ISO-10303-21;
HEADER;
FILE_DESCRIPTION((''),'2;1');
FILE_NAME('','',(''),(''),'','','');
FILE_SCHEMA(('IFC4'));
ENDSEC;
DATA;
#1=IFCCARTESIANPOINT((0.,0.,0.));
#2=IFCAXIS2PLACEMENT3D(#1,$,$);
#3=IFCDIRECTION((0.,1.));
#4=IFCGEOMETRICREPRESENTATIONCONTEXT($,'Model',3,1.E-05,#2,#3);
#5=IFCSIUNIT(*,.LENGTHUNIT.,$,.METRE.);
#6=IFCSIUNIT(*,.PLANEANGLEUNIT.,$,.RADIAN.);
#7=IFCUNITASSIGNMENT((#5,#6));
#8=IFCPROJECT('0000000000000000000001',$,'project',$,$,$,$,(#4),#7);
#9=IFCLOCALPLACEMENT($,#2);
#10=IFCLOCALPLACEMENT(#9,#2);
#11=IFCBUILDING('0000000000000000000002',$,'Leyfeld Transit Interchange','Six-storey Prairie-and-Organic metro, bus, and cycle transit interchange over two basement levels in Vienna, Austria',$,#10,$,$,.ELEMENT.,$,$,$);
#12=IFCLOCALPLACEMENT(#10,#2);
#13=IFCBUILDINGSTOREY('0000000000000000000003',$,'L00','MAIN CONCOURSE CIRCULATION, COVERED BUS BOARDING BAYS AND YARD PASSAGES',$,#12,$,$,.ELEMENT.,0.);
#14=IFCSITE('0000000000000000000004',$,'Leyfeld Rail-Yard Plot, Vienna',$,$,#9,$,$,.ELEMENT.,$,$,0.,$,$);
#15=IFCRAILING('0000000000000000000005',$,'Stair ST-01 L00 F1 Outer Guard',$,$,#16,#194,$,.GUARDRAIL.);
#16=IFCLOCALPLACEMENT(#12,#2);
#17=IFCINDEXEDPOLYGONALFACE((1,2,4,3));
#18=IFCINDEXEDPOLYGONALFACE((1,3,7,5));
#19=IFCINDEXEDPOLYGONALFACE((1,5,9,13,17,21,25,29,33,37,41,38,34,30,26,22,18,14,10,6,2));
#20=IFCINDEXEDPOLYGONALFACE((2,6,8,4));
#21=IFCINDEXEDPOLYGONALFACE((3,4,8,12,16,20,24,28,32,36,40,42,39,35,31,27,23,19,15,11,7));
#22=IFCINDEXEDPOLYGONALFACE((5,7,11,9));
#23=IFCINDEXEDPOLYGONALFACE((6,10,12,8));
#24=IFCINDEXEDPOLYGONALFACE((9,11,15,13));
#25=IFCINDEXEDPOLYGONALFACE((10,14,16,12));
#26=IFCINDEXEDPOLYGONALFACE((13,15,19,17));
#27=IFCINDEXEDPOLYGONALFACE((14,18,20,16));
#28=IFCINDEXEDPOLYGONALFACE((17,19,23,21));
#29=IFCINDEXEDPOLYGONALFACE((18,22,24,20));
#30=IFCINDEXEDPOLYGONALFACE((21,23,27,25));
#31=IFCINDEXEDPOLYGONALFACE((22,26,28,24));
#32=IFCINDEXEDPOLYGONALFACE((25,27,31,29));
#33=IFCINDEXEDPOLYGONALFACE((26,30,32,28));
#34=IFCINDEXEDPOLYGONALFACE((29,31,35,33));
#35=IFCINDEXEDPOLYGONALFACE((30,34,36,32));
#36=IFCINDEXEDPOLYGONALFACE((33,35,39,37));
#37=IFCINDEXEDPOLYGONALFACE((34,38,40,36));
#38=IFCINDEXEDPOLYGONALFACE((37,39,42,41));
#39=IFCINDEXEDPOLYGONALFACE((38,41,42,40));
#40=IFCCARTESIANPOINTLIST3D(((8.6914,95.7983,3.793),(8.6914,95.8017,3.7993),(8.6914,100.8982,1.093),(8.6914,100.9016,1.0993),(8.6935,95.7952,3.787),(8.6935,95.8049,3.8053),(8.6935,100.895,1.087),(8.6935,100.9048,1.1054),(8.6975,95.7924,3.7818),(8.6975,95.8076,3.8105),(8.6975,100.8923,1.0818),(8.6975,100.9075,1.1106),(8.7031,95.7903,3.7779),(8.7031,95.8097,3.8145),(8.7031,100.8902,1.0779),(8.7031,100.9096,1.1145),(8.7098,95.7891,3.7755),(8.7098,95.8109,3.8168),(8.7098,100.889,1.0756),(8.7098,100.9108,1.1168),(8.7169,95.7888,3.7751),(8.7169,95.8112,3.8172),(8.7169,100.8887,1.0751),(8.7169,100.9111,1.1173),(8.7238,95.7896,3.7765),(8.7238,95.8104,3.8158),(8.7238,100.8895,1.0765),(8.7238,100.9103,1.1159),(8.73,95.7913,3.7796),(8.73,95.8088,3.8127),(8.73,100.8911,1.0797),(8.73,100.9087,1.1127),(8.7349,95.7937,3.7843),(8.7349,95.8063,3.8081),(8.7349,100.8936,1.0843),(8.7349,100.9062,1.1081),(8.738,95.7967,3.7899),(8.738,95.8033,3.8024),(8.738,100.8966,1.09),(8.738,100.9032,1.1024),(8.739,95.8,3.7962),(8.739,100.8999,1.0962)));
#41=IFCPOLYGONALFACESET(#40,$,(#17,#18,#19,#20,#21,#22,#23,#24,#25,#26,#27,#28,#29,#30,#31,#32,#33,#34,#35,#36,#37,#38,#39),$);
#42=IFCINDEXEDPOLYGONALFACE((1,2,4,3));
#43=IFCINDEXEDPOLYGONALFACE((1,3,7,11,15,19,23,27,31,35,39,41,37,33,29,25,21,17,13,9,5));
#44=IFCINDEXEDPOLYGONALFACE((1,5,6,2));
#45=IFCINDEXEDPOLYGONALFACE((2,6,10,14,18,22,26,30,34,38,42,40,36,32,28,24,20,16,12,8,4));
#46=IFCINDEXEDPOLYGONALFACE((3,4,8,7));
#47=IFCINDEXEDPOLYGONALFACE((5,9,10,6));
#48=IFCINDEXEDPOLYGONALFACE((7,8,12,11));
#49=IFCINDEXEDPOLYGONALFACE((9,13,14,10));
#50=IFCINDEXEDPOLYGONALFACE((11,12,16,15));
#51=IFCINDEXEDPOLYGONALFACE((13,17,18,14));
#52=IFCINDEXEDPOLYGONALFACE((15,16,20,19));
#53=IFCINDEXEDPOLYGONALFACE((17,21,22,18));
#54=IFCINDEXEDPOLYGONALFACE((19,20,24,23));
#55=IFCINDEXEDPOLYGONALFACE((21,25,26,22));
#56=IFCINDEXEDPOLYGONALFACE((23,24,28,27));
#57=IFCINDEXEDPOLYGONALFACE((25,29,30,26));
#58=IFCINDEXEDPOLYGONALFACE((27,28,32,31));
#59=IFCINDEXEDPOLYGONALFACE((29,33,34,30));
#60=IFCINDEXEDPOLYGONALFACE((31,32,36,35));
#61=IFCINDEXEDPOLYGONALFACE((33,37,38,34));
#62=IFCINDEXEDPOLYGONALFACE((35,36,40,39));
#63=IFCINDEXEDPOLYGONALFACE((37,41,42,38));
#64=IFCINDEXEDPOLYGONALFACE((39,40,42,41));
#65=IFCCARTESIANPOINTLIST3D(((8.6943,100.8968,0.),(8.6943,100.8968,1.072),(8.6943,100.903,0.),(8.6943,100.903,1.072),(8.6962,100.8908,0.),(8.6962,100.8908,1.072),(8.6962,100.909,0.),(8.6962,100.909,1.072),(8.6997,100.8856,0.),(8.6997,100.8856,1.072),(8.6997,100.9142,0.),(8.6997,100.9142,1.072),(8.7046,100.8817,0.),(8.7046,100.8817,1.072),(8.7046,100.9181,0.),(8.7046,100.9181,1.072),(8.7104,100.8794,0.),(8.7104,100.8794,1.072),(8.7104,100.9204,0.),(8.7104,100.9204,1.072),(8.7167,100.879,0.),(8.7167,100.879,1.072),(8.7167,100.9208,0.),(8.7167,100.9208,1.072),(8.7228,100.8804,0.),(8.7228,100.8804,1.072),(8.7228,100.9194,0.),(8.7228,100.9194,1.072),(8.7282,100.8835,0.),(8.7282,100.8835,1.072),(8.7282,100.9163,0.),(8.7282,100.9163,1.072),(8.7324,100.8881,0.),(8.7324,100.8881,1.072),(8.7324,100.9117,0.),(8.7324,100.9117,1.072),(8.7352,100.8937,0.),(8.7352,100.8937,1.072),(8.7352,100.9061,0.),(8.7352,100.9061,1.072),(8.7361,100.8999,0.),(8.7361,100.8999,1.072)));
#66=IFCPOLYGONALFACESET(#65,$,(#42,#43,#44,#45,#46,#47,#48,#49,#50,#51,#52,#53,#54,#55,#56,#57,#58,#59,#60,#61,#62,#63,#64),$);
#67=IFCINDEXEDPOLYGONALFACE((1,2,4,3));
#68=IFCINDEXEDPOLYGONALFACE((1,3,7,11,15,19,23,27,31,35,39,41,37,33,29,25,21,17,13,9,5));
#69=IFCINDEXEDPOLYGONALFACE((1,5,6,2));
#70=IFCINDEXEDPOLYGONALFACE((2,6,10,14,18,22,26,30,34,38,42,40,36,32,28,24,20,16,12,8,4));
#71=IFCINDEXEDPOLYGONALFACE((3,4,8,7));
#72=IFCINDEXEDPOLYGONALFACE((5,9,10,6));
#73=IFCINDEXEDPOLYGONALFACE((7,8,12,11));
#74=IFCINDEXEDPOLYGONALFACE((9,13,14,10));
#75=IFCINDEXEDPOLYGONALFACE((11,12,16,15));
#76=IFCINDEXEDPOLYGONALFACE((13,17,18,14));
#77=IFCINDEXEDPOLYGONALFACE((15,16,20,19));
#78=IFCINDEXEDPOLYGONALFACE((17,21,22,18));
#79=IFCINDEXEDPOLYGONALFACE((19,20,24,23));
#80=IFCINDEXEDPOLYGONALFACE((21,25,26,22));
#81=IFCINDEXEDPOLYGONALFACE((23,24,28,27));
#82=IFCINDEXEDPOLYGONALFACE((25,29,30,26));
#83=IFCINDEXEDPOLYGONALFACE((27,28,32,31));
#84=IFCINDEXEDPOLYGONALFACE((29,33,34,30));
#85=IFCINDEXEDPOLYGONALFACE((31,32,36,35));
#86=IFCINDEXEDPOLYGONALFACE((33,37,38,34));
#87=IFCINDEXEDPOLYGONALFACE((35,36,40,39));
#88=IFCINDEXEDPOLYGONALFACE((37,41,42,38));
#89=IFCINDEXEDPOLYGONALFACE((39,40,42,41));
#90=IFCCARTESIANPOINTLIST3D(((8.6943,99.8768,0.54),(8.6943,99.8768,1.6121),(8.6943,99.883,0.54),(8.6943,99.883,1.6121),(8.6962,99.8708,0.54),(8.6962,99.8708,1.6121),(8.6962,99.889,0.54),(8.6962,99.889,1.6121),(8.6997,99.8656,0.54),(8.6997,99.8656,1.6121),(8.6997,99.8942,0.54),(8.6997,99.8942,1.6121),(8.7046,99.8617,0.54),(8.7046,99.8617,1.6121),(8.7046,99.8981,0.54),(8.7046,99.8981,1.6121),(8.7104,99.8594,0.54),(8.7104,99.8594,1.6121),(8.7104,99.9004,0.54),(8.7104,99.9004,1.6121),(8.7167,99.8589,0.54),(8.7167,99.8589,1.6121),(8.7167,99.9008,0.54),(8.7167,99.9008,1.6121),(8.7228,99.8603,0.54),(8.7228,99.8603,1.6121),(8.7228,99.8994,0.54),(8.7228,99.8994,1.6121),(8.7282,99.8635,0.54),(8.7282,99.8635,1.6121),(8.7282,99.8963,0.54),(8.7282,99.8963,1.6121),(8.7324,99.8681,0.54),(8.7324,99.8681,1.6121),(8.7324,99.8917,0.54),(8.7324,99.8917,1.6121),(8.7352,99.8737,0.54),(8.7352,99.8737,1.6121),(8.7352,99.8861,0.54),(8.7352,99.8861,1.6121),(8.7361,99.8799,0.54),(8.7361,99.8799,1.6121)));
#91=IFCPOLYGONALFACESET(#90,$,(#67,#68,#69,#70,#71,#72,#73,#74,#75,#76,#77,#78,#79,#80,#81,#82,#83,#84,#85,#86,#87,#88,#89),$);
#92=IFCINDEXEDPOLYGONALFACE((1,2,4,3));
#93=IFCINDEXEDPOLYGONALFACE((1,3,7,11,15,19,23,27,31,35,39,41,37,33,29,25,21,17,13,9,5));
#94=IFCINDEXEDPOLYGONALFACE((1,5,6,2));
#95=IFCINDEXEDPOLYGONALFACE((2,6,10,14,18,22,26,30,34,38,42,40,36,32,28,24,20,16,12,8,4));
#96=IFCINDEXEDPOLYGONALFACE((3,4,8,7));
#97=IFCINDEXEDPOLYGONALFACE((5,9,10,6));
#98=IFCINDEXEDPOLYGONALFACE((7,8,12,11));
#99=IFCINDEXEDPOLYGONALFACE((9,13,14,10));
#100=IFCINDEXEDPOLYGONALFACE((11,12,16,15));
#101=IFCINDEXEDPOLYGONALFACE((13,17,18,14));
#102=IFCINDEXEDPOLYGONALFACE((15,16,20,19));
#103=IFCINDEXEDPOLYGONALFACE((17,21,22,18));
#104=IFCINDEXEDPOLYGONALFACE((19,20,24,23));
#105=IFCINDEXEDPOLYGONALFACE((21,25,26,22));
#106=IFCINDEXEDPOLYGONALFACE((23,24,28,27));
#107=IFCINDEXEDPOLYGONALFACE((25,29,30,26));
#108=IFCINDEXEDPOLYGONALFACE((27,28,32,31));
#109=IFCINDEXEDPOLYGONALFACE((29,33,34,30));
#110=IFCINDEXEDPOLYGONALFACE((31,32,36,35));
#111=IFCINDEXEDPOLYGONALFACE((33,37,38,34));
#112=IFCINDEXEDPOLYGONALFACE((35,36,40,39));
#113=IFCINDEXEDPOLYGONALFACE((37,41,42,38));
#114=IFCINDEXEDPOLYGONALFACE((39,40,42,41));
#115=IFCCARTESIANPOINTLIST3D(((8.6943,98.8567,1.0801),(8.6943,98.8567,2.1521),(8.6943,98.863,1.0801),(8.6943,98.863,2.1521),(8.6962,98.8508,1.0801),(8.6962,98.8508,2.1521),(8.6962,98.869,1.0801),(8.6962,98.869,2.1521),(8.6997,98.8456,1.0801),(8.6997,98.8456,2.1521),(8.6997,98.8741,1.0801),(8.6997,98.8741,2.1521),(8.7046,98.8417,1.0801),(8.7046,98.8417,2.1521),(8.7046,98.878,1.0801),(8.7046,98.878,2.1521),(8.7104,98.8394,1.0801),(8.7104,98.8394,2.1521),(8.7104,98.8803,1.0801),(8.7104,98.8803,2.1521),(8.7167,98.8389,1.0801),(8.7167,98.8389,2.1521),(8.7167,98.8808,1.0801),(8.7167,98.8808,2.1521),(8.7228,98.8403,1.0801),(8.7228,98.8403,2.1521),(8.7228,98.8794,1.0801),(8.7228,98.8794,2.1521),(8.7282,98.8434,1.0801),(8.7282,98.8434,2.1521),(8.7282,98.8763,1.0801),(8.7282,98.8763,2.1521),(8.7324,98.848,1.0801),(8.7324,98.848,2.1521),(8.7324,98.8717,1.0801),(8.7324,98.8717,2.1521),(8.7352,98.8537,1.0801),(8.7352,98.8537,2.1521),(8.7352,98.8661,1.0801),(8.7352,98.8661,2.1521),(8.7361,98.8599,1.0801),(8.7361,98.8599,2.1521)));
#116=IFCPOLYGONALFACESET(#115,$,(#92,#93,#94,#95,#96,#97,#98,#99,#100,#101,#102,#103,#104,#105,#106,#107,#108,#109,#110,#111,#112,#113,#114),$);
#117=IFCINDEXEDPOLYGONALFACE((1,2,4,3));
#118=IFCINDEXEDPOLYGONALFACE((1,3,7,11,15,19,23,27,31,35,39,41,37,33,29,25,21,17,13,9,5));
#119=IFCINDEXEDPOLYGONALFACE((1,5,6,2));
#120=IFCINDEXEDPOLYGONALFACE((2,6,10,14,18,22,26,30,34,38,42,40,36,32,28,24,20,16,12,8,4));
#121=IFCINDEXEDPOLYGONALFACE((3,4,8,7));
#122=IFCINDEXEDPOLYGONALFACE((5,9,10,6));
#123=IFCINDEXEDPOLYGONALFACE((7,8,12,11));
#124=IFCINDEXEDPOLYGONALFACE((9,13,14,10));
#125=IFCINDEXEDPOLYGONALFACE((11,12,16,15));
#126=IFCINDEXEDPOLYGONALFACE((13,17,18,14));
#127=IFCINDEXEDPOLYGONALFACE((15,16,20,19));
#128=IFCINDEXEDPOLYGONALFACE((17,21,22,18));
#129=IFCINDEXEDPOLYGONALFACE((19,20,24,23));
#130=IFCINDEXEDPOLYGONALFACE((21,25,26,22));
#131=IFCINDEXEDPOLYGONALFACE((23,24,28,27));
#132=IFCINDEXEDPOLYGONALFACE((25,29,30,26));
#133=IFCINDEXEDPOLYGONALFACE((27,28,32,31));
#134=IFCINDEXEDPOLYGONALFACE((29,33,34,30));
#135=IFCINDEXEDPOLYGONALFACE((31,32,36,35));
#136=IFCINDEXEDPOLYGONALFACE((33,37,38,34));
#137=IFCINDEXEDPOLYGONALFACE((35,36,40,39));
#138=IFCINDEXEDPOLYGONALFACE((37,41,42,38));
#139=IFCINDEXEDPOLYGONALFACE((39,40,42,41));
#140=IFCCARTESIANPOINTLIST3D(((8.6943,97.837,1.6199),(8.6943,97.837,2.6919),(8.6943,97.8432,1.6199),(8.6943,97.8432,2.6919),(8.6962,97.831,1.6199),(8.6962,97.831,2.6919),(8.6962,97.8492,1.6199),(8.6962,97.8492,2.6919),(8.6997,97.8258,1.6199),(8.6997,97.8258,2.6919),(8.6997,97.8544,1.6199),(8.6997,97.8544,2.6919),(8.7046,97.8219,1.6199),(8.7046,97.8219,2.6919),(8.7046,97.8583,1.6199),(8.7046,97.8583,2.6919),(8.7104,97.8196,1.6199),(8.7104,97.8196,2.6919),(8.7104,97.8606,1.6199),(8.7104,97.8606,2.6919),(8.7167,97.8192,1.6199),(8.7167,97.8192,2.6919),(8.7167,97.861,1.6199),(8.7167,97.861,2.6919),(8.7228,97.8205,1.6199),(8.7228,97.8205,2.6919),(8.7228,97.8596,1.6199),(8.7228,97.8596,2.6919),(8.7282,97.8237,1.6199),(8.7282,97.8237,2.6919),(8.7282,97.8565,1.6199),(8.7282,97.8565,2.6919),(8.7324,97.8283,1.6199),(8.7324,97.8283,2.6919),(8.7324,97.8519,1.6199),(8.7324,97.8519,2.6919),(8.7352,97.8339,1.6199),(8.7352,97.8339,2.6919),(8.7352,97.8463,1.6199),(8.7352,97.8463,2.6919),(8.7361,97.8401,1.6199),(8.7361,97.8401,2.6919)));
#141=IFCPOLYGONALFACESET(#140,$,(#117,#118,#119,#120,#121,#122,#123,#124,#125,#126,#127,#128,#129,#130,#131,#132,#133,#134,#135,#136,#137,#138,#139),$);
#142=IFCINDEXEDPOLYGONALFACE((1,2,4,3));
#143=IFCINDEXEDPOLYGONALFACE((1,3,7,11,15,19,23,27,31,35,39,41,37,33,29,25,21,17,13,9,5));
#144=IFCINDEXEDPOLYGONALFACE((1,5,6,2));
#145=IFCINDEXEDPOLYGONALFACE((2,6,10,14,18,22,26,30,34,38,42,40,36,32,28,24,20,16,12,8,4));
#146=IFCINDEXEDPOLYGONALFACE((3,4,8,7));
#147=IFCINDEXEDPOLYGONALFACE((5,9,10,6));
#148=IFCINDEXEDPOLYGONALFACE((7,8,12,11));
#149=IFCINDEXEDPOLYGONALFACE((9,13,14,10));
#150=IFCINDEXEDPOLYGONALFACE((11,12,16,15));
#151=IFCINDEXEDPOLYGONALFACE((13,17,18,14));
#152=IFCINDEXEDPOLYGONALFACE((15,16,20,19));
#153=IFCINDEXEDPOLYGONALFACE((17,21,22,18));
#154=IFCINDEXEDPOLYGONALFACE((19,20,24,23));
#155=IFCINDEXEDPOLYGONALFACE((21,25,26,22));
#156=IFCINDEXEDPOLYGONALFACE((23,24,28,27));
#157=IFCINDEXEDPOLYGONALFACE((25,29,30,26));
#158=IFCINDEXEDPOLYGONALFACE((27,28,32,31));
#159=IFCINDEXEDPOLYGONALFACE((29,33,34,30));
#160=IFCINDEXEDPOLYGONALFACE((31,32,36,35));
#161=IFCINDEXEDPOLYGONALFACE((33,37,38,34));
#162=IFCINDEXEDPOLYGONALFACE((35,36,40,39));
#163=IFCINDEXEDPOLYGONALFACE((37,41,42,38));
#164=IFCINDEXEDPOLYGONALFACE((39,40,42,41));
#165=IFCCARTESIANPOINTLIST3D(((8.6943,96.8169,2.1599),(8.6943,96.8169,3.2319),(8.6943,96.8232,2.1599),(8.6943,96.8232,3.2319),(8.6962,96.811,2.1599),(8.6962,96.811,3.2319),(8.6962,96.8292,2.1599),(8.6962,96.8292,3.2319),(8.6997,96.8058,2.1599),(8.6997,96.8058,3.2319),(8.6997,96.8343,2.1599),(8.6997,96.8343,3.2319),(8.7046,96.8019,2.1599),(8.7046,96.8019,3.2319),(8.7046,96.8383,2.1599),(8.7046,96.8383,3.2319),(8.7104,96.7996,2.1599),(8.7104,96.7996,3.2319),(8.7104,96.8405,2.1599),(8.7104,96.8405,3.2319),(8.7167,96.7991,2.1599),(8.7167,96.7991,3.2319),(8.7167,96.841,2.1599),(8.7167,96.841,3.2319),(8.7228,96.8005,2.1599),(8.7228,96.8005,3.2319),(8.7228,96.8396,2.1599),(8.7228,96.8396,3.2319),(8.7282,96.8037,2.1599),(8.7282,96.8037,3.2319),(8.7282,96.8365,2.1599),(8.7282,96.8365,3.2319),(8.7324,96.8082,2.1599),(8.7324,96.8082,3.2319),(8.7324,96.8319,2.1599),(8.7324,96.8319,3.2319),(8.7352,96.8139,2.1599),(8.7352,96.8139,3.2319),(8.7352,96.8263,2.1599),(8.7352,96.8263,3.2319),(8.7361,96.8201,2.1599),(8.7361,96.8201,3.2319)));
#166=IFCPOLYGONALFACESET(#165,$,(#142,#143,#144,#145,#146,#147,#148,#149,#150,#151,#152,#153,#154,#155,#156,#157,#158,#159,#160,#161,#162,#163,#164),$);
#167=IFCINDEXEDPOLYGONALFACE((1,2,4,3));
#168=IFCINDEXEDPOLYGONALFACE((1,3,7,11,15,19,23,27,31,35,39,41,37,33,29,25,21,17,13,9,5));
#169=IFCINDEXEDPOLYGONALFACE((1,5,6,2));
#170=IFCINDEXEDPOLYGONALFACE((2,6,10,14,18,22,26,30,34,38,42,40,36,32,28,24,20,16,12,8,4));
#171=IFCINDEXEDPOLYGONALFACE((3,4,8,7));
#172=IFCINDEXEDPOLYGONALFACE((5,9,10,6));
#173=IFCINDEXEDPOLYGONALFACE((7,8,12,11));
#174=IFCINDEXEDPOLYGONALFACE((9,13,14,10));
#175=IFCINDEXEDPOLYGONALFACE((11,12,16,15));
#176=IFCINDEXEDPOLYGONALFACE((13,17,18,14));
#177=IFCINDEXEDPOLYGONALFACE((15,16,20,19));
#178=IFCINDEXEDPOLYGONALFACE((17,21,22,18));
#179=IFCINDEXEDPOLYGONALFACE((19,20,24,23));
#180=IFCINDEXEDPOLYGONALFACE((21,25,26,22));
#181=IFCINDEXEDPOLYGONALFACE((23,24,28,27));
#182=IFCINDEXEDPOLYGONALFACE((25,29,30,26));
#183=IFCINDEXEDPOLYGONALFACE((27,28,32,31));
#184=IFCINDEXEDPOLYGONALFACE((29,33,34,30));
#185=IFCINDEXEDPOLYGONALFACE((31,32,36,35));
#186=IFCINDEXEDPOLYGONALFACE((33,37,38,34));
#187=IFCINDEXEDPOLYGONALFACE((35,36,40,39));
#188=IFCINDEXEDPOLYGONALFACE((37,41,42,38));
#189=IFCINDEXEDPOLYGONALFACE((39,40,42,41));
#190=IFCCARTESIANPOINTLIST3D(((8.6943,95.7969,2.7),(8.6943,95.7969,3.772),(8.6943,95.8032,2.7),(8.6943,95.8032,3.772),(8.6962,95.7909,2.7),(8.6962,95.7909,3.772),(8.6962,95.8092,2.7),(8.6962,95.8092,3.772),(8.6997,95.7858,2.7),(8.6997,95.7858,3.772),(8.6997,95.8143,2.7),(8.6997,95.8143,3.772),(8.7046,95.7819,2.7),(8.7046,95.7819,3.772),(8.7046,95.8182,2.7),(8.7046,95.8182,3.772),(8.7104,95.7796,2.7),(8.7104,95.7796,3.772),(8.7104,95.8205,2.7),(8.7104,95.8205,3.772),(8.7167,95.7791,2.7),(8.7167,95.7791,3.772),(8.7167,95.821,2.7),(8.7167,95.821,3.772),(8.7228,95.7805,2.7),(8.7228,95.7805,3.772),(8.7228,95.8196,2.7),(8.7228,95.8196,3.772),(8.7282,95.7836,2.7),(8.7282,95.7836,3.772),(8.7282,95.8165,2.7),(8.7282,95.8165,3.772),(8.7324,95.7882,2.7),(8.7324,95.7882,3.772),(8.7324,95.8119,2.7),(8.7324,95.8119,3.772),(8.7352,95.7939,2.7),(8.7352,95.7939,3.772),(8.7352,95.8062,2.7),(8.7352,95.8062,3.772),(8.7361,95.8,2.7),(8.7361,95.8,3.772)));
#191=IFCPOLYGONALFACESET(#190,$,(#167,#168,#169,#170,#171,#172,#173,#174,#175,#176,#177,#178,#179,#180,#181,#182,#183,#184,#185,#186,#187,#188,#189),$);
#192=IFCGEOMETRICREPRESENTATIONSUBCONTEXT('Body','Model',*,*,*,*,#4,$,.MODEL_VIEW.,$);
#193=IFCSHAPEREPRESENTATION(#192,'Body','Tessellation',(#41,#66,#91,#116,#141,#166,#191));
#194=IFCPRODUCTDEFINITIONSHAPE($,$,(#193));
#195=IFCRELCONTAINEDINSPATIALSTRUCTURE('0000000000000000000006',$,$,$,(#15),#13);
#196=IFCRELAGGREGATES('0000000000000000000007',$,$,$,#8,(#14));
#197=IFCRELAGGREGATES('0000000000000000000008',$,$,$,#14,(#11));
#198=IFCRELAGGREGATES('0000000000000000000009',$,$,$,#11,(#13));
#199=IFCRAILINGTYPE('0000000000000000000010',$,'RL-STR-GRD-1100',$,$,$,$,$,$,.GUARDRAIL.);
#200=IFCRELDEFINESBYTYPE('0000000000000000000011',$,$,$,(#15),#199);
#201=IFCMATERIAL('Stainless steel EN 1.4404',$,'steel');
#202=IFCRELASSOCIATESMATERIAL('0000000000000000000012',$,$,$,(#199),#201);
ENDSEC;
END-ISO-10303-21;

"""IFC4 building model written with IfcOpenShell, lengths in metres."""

from ifc_helpers import new_model, si_unit, direction, frame, origin, origin_2d, place, context, subcontext, project, spatial, circle, extrude, material, type_object, element, save


model = new_model("IFC4")

# Units and contexts
model_context = context("Model", 3, precision=1e-05, world=origin(), true_north=direction((0.0, 1.0)))
body_context = subcontext(model_context, "Body", "Model", "MODEL_VIEW")
ifc_project = project(units=[si_unit("LENGTHUNIT", "METRE"), si_unit("PLANEANGLEUNIT", "RADIAN")], contexts=[model_context])

# Site, building, storey
site_placement = place(None, origin())
site = spatial("IfcSite", under=ifc_project, at=site_placement, Name="Leyfeld Rail-Yard Plot, Vienna", CompositionType="ELEMENT", RefElevation=0.0)
building_placement = place(site_placement, origin())
building = spatial("IfcBuilding", under=site, at=building_placement, Name="Leyfeld Transit Interchange", Description="Six-storey Prairie-and-Organic metro, bus, and cycle transit interchange over two basement levels in Vienna, Austria", CompositionType="ELEMENT")
storey_placement = place(building_placement, origin())
storey = spatial("IfcBuildingStorey", under=building, at=storey_placement, Name="L00", Description="MAIN CONCOURSE CIRCULATION, COVERED BUS BOARDING BAYS AND YARD PASSAGES", CompositionType="ELEMENT", Elevation=0.0)

# Shared definitions
ifc_material_1 = material(Name="Stainless steel EN 1.4404", Category="steel")

# Railing
railing_type_1 = type_object("IfcRailingType", Name="RL-STR-GRD-1100", PredefinedType="GUARDRAIL", material=ifc_material_1)
for number, where, name in (
    (1, (8.7151, 100.8999, 0.0), "Stair ST-01 L00 F1 Outer Guard"),
):
    element("IfcRailing", number, at=place(storey_placement, frame(where)), inside=storey, type_object=railing_type_1, Name=name, PredefinedType="GUARDRAIL", context=body_context, shape_type="SweptSolid", body=[
        extrude(circle(Radius=0.0239, at=origin_2d()), frame((0.0, 0.0, 1.0962), z_axis=(0.0, -0.883786, 0.467892), x_axis=(1.0, 0.0, 0.0)), (0.0, 0.0, 1.0), 5.7705),
        extrude(circle(Radius=0.021, at=origin_2d()), origin(), (0.0, 0.0, 1.0), 1.072),
        extrude(circle(Radius=0.021, at=origin_2d()), frame((0.0, -1.02, 0.54)), (0.0, 0.0, 1.0), 1.072),
        extrude(circle(Radius=0.021, at=origin_2d()), frame((0.0, -2.04, 1.0801)), (0.0, 0.0, 1.0), 1.072),
        extrude(circle(Radius=0.021, at=origin_2d()), frame((0.0, -3.0598, 1.6199)), (0.0, 0.0, 1.0), 1.072),
        extrude(circle(Radius=0.021, at=origin_2d()), frame((0.0, -4.0798, 2.1599)), (0.0, 0.0, 1.0), 1.072),
        extrude(circle(Radius=0.021, at=origin_2d()), frame((0.0, -5.0999, 2.7)), (0.0, 0.0, 1.0), 1.072),
    ])

save(model, "model.ifc")
